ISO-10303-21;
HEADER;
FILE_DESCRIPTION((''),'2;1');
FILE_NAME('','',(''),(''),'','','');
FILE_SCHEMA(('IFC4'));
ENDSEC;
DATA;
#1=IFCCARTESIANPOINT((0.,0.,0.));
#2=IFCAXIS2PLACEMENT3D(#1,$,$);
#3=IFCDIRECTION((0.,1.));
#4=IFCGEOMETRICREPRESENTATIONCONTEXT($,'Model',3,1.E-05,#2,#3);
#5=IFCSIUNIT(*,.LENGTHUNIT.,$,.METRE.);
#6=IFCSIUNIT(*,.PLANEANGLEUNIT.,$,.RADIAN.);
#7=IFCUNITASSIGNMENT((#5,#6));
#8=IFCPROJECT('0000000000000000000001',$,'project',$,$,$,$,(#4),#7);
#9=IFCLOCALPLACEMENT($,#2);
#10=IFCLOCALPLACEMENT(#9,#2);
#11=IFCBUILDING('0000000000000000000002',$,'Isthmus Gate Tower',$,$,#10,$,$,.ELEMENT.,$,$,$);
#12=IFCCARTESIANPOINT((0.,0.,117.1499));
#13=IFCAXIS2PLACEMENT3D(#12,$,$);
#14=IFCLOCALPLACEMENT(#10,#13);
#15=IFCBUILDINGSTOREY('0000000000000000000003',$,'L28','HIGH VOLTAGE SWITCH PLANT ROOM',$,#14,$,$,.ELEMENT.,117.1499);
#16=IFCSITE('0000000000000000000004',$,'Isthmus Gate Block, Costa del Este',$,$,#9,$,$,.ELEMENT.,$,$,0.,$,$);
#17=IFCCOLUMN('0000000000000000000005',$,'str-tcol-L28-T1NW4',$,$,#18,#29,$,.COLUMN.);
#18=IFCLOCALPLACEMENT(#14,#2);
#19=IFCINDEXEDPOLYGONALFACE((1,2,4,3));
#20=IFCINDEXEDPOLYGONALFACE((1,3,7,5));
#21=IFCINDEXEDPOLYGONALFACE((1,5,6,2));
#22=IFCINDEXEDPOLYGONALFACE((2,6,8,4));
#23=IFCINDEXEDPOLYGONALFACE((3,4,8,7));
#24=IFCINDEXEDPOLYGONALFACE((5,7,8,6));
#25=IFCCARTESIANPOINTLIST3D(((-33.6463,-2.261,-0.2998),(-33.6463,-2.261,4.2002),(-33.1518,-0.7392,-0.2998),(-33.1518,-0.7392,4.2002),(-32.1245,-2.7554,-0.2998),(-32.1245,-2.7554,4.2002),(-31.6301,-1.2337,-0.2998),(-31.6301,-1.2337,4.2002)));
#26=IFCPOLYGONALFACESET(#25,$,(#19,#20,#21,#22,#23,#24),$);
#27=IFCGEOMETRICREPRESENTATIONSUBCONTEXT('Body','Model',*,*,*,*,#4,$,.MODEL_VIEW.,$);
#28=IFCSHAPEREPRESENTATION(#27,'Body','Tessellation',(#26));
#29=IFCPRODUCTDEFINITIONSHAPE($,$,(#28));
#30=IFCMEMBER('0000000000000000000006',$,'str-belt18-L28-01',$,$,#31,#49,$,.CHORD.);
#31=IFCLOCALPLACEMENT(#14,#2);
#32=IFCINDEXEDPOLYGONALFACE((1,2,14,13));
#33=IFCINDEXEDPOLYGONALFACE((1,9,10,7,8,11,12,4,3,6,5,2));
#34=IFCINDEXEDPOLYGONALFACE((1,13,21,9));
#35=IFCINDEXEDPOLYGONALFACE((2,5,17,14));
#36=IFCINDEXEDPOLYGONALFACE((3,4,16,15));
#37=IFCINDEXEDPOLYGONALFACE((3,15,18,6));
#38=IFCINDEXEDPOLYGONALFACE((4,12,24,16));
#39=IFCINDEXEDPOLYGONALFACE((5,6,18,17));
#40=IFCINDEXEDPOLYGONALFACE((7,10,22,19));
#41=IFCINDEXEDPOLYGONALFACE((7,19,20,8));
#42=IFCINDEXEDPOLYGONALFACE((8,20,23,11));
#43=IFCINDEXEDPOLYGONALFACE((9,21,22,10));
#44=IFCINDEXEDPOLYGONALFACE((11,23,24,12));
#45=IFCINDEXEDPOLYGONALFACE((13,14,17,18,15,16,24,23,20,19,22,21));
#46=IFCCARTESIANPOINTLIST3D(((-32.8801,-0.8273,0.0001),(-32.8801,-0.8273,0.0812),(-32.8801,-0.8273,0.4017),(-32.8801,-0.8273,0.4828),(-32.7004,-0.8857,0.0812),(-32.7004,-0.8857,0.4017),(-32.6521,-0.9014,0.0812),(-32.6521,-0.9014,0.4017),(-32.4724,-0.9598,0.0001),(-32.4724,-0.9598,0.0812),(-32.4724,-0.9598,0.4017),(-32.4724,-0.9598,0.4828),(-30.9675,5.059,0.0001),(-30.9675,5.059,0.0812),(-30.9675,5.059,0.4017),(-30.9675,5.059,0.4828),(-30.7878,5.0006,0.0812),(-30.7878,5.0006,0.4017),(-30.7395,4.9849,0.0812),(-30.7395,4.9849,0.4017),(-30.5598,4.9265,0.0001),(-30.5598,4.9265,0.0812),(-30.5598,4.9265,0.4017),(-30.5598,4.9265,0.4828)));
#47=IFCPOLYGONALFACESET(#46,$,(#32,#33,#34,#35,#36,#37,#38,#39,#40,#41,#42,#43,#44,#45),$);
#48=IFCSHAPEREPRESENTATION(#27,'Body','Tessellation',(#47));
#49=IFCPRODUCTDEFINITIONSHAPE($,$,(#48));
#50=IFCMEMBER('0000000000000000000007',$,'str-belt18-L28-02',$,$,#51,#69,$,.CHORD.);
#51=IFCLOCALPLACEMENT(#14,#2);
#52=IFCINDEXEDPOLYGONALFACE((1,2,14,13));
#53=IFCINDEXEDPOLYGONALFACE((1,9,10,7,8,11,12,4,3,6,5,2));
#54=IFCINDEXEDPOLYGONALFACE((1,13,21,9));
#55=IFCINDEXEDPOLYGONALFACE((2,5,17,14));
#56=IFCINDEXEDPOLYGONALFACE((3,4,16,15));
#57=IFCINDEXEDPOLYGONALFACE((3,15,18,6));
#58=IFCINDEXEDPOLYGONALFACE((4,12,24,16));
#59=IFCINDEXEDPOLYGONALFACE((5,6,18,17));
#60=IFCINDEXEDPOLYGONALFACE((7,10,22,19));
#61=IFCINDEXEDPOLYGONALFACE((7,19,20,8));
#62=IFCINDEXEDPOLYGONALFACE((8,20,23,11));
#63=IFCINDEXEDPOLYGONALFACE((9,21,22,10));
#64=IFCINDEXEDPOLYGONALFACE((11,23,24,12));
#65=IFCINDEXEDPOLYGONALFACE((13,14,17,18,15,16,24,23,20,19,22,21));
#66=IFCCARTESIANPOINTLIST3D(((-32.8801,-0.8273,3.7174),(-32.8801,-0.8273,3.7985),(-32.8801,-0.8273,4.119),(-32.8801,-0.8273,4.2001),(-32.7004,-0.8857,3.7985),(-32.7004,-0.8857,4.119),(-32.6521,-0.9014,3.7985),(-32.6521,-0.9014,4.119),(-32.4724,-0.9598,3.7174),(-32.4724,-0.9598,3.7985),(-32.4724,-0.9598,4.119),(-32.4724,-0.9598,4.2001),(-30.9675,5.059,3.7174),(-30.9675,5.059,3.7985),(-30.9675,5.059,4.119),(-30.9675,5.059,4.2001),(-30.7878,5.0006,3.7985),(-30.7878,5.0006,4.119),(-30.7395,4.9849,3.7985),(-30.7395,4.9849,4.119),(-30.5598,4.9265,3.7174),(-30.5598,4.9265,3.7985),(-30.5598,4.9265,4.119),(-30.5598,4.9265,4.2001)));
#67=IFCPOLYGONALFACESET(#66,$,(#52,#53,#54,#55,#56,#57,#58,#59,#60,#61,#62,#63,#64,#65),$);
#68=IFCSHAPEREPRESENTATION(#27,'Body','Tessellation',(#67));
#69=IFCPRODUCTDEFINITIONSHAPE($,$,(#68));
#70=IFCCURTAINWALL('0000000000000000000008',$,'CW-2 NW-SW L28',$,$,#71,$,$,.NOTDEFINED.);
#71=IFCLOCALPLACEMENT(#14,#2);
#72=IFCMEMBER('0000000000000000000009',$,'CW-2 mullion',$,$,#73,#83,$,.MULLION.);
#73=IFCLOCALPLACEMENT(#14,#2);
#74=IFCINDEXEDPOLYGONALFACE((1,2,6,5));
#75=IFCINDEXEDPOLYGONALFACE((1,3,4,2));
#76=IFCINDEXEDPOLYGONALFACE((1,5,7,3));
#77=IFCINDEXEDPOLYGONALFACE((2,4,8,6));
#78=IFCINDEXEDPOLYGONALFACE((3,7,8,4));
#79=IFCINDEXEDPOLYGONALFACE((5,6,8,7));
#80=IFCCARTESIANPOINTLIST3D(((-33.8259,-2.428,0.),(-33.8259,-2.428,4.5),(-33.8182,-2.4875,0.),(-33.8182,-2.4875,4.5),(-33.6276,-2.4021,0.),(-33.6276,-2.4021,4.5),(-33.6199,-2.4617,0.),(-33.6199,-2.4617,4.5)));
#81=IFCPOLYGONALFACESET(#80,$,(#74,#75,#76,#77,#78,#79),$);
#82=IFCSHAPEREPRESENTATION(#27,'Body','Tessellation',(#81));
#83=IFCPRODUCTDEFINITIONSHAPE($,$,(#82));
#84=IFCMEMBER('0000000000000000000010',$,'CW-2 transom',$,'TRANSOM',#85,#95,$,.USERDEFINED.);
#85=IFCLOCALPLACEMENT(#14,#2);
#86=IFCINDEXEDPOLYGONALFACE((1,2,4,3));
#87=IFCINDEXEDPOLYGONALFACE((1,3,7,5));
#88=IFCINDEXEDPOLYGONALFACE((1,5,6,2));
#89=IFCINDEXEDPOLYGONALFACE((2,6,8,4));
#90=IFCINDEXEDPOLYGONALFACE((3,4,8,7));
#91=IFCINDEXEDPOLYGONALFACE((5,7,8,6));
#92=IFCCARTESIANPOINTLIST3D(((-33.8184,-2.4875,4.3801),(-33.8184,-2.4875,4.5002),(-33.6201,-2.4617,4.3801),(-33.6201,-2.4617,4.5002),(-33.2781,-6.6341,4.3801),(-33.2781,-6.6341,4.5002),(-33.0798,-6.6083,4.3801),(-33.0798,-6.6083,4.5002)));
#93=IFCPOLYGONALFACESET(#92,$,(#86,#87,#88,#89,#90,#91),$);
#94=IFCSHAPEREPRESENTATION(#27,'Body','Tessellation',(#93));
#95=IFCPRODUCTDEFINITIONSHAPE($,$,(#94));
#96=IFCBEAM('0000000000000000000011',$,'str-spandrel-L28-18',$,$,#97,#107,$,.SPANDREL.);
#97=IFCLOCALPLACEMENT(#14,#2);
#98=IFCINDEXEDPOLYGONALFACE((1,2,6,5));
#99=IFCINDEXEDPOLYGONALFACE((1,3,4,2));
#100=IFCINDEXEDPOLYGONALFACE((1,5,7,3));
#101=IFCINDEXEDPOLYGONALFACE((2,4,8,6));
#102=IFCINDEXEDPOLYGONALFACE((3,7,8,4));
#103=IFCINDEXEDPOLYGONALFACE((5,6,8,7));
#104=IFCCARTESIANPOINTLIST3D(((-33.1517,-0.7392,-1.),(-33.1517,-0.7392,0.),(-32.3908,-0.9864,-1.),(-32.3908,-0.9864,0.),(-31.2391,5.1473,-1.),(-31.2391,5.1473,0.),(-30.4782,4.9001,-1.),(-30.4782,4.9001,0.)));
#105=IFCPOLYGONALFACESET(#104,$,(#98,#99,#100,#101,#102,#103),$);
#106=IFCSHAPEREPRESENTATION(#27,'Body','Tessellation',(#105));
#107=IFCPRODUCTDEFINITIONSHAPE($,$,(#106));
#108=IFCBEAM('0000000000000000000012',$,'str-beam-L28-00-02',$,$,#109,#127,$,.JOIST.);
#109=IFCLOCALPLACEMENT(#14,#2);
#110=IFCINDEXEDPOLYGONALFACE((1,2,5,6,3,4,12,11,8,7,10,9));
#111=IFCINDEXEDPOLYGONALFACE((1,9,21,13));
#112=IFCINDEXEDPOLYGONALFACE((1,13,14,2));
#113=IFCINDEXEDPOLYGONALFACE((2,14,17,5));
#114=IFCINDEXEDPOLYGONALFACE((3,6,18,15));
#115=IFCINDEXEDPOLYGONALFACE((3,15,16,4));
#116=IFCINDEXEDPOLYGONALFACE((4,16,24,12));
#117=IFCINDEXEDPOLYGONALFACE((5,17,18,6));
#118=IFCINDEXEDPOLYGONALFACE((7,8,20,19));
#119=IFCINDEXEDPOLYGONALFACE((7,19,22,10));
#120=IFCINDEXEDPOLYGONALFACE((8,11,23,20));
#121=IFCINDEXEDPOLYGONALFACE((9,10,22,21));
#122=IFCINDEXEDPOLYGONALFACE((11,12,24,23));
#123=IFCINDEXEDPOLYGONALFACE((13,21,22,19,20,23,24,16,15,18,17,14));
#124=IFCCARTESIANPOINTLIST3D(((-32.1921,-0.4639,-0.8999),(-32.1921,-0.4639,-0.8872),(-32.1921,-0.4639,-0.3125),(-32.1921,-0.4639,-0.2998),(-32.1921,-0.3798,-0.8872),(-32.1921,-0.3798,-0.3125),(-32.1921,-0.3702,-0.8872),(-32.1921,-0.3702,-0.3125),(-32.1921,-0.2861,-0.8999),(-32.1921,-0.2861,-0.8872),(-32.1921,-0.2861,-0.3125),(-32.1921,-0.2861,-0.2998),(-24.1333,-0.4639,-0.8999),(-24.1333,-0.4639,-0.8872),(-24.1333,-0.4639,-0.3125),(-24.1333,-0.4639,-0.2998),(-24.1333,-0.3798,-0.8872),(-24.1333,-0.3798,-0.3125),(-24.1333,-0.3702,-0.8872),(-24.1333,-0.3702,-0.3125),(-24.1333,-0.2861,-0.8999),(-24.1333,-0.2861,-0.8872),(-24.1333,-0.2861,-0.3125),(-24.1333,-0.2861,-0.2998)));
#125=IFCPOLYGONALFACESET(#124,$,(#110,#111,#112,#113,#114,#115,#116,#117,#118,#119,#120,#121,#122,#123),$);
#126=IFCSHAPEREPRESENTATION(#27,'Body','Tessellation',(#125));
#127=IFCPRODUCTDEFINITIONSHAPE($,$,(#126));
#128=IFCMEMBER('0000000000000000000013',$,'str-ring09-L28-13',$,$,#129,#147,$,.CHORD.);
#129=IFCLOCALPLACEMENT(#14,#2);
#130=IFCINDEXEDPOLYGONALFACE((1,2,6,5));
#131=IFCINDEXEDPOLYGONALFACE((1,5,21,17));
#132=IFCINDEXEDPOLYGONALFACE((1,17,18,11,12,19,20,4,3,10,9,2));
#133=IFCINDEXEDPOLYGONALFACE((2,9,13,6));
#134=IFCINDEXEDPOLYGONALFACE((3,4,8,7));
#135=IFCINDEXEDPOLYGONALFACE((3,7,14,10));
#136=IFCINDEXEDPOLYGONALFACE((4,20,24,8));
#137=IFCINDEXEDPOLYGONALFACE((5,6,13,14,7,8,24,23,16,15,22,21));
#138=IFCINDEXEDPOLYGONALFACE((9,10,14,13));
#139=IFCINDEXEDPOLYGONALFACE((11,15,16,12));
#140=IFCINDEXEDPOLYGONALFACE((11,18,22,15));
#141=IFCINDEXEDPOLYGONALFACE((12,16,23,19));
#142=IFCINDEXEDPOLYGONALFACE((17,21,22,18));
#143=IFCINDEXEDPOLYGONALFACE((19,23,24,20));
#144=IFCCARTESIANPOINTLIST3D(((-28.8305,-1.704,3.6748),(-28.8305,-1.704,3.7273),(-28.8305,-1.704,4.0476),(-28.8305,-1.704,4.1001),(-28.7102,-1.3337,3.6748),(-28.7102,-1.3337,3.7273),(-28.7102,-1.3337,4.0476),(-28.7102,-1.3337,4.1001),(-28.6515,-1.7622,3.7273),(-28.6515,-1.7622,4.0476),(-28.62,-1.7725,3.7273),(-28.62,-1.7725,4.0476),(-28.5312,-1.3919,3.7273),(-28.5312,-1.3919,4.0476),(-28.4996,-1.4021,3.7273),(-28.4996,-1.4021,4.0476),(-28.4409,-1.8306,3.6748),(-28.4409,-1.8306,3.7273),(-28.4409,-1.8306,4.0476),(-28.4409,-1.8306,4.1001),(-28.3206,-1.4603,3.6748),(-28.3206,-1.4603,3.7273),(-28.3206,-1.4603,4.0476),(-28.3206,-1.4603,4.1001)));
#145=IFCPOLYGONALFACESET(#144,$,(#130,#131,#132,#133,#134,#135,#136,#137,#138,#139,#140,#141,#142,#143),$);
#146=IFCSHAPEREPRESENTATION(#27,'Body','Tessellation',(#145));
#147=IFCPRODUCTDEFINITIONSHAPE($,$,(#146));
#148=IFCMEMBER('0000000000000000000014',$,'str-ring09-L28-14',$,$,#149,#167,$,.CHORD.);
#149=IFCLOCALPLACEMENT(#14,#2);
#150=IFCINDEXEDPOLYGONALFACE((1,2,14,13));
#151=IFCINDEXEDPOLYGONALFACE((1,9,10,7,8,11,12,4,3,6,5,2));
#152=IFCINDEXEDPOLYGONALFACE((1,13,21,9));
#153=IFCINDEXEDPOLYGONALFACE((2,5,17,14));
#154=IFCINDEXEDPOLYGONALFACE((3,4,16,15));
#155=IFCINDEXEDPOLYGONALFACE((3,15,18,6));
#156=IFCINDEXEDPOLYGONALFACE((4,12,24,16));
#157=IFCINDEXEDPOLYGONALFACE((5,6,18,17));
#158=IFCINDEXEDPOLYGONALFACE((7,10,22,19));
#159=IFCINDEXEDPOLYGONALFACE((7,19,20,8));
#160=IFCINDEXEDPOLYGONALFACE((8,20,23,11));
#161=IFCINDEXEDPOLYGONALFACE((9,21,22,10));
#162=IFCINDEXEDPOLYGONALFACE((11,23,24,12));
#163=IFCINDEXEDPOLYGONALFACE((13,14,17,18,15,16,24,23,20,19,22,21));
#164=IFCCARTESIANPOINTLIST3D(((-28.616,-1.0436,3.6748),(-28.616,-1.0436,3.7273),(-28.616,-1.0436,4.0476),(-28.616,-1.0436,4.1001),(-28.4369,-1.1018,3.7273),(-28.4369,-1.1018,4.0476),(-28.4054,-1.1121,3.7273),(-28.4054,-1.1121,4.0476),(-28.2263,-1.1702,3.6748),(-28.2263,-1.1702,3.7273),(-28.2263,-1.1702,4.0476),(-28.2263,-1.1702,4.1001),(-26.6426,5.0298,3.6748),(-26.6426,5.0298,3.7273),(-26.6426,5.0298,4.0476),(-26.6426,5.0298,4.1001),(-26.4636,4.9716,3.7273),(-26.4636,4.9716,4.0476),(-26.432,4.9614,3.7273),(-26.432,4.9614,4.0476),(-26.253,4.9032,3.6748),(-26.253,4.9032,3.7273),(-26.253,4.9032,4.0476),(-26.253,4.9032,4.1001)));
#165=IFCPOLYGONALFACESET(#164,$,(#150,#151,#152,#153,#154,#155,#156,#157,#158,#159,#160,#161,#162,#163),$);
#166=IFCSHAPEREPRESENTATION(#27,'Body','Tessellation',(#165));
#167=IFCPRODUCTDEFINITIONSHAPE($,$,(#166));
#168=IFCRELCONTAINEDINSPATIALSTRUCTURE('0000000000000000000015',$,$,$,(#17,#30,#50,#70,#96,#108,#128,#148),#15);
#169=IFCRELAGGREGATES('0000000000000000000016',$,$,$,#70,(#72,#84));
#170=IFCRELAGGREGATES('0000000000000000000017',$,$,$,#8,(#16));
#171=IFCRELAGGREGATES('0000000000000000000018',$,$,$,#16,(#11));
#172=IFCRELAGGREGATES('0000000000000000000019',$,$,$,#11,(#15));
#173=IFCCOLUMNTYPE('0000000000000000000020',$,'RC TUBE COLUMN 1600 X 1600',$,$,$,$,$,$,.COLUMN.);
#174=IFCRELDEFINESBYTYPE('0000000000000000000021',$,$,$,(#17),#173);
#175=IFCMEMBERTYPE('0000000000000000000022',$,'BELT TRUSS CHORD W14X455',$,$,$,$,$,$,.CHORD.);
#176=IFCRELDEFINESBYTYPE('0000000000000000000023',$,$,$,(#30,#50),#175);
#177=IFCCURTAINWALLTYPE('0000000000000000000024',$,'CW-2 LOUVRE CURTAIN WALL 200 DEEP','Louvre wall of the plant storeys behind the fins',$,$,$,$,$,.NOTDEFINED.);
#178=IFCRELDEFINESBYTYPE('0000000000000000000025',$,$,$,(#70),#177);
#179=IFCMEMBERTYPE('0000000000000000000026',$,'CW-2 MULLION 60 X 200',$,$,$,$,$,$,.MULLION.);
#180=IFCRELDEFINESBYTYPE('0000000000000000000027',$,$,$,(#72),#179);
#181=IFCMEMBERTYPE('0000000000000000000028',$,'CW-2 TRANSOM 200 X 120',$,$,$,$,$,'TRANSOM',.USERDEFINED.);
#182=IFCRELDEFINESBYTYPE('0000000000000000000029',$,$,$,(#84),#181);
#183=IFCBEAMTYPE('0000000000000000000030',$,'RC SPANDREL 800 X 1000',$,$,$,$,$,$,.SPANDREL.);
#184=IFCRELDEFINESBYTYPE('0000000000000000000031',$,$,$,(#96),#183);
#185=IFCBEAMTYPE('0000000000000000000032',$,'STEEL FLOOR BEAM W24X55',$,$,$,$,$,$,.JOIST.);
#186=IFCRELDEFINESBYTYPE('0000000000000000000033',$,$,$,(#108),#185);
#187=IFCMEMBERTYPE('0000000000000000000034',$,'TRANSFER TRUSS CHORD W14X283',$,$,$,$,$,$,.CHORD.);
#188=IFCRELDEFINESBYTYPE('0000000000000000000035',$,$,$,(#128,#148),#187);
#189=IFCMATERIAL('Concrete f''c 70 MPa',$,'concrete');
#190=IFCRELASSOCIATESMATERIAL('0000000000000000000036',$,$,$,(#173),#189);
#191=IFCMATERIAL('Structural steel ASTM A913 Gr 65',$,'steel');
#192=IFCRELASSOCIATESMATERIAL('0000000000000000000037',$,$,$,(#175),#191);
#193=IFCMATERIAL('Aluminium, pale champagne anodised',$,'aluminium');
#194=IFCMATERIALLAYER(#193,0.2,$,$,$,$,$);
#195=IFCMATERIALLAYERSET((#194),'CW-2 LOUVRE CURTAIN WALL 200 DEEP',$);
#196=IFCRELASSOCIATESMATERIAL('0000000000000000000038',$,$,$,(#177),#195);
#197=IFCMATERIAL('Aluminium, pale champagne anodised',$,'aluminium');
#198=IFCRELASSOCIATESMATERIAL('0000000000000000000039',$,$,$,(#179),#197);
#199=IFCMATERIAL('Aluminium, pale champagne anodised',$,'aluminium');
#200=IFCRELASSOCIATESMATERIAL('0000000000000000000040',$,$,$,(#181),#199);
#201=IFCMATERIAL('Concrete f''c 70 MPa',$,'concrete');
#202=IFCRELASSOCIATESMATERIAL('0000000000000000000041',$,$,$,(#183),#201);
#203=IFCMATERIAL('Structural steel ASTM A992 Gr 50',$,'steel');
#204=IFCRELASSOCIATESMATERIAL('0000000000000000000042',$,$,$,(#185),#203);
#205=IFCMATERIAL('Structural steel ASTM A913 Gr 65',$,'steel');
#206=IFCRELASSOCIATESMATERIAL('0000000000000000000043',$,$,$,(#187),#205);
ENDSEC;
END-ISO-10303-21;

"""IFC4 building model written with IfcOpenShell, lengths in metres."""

from ifc_helpers import new_model, si_unit, direction, frame, origin, origin_2d, place, context, subcontext, project, spatial, rectangle, i_section, extrude, material, layer, layer_set, material_profile, profile_set, type_object, element, aggregate, save


model = new_model("IFC4")

# Units and contexts
model_context = context("Model", 3, precision=1e-05, world=origin(), true_north=direction((0.0, 1.0)))
body_context = subcontext(model_context, "Body", "Model", "MODEL_VIEW")
ifc_project = project(units=[si_unit("LENGTHUNIT", "METRE"), si_unit("PLANEANGLEUNIT", "RADIAN")], contexts=[model_context])

# Site, building, storey
site_placement = place(None, origin())
site = spatial("IfcSite", under=ifc_project, at=site_placement, Name="Isthmus Gate Block, Costa del Este", CompositionType="ELEMENT", RefElevation=0.0)
building_placement = place(site_placement, origin())
building = spatial("IfcBuilding", under=site, at=building_placement, Name="Isthmus Gate Tower", CompositionType="ELEMENT")
storey_placement = place(building_placement, frame((0.0, 0.0, 117.1499)))
storey = spatial("IfcBuildingStorey", under=building, at=storey_placement, Name="L28", Description="HIGH VOLTAGE SWITCH PLANT ROOM", CompositionType="ELEMENT", Elevation=117.1499)

# Column
ifc_material_1 = material(Name="Concrete f'c 70 MPa", Category="concrete")
ifc_material_profile_1 = material_profile(ifc_material_1, rectangle(XDim=1.6001, YDim=1.6001, at=origin_2d()), Name="RC 1600X1600")
ifc_profile_set_1 = profile_set([ifc_material_profile_1], Name="Concrete f'c 70 MPa")
column_type = type_object("IfcColumnType", Name="RC TUBE COLUMN 1600 X 1600", PredefinedType="COLUMN", material=ifc_profile_set_1)
column_placement = place(storey_placement, frame((-32.6382, -1.7473, -0.2998), z_axis=(0.0, 0.0, 1.0), x_axis=(-0.309017, -0.951057, 0.0)))
element("IfcColumn", 1, at=column_placement, inside=storey, type_object=column_type, Name="str-tcol-L28-T1NW4", PredefinedType="COLUMN", context=body_context, shape_type="SweptSolid", body=[
    extrude(rectangle(XDim=1.6001, YDim=1.6001, at=origin_2d()), origin(), (0.0, 0.0, 1.0), 4.5),
])

# Members
ifc_material_2 = material(Name="Structural steel ASTM A913 Gr 65", Category="steel")
ifc_material_profile_2 = material_profile(ifc_material_2, i_section(OverallWidth=0.4287, OverallDepth=0.4827, WebThickness=0.0508, FlangeThickness=0.0811, at=origin_2d()), Name="W14X455")
ifc_profile_set_2 = profile_set([ifc_material_profile_2], Name="Structural steel ASTM A913 Gr 65")
member_type_1 = type_object("IfcMemberType", Name="BELT TRUSS CHORD W14X455", PredefinedType="CHORD", material=ifc_profile_set_2)
for number, where, z_axis, x_axis, name in (
    (2, (-32.6763, -0.8936, 0.2415), (0.309024, 0.951054, 0.0), (-0.951054, 0.309024, 0.0), "str-belt18-L28-01"),
    (3, (-32.6763, -0.8936, 3.9587), (0.309024, 0.951054, 0.0), (-0.951054, 0.309024, 0.0), "str-belt18-L28-02"),
):
    element("IfcMember", number, at=place(storey_placement, frame(where, z_axis=z_axis, x_axis=x_axis)), inside=storey, type_object=member_type_1, Name=name, PredefinedType="CHORD", context=body_context, shape_type="SweptSolid", body=[
        extrude(i_section(OverallWidth=0.4287, OverallDepth=0.4827, WebThickness=0.0508, FlangeThickness=0.0811, at=origin_2d()), origin(), (0.0, 0.0, 1.0), 6.1892),
    ])

# Curtain wall, members
ifc_material_3 = material(Name="Aluminium, pale champagne anodised", Category="aluminium")
ifc_layer_1 = layer(ifc_material_3, 0.2)
ifc_layer_set_1 = layer_set([ifc_layer_1], Name="CW-2 LOUVRE CURTAIN WALL 200 DEEP")
curtain_wall_type = type_object("IfcCurtainWallType", Name="CW-2 LOUVRE CURTAIN WALL 200 DEEP", Description="Louvre wall of the plant storeys behind the fins", PredefinedType="NOTDEFINED", material=ifc_layer_set_1)
curtain_wall_placement = place(storey_placement, origin())
curtain_wall = element("IfcCurtainWall", 4, at=curtain_wall_placement, inside=storey, type_object=curtain_wall_type, Name="CW-2 NW-SW L28", PredefinedType="NOTDEFINED")
ifc_material_4 = material(Name="Aluminium, pale champagne anodised", Category="aluminium")
ifc_material_profile_3 = material_profile(ifc_material_4, rectangle(XDim=0.0601, YDim=0.2, at=origin_2d()), Name="60x200")
ifc_profile_set_3 = profile_set([ifc_material_profile_3], Name="Aluminium, pale champagne anodised")
member_type_2 = type_object("IfcMemberType", Name="CW-2 MULLION 60 X 200", PredefinedType="MULLION", material=ifc_profile_set_3)
member_1_placement = place(storey_placement, frame((-33.7229, -2.4448, 0.0), z_axis=(0.0, 0.0, 1.0), x_axis=(0.129165, -0.991623, 0.0)))
member_1 = element("IfcMember", 5, at=member_1_placement, type_object=member_type_2, Name="CW-2 mullion", PredefinedType="MULLION", context=body_context, shape_type="SweptSolid", body=[
    extrude(rectangle(XDim=0.0601, YDim=0.2, at=origin_2d()), origin(), (0.0, 0.0, 1.0), 4.5),
])
ifc_material_5 = material(Name="Aluminium, pale champagne anodised", Category="aluminium")
ifc_material_profile_4 = material_profile(ifc_material_5, rectangle(XDim=0.2, YDim=0.1201, at=origin_2d()), Name="200x120")
ifc_profile_set_4 = profile_set([ifc_material_profile_4], Name="Aluminium, pale champagne anodised")
member_type_3 = type_object("IfcMemberType", Name="CW-2 TRANSOM 200 X 120", ElementType="TRANSOM", PredefinedType="USERDEFINED", material=ifc_profile_set_4)
member_2_placement = place(storey_placement, frame((-33.7192, -2.4746, 4.4402), z_axis=(0.129207, -0.991618, 0.0), x_axis=(0.991618, 0.129207, 0.0)))
member_2 = element("IfcMember", 6, at=member_2_placement, type_object=member_type_3, Name="CW-2 transom", ObjectType="TRANSOM", PredefinedType="USERDEFINED", context=body_context, shape_type="SweptSolid", body=[
    extrude(rectangle(XDim=0.2, YDim=0.1201, at=origin_2d()), origin(), (0.0, 0.0, 1.0), 4.1816),
])
aggregate(curtain_wall, [member_1, member_2])

# Beams
ifc_material_6 = material(Name="Concrete f'c 70 MPa", Category="concrete")
ifc_material_profile_5 = material_profile(ifc_material_6, rectangle(XDim=0.8, YDim=1.0, at=origin_2d()), Name="RC 800X1000")
ifc_profile_set_5 = profile_set([ifc_material_profile_5], Name="Concrete f'c 70 MPa")
beam_type_1 = type_object("IfcBeamType", Name="RC SPANDREL 800 X 1000", PredefinedType="SPANDREL", material=ifc_profile_set_5)
beam_1_placement = place(storey_placement, frame((-32.7712, -0.8628, -0.5), z_axis=(0.309012, 0.951058, 0.0), x_axis=(-0.951058, 0.309012, 0.0)))
element("IfcBeam", 7, at=beam_1_placement, inside=storey, type_object=beam_type_1, Name="str-spandrel-L28-18", PredefinedType="SPANDREL", context=body_context, shape_type="SweptSolid", body=[
    extrude(rectangle(XDim=0.8, YDim=1.0, at=origin_2d()), origin(), (0.0, 0.0, 1.0), 6.1895),
])
ifc_material_7 = material(Name="Structural steel ASTM A992 Gr 50", Category="steel")
ifc_material_profile_6 = material_profile(ifc_material_7, i_section(OverallWidth=0.1777, OverallDepth=0.6001, WebThickness=0.0095, FlangeThickness=0.0127, at=origin_2d()), Name="W24X55")
ifc_profile_set_6 = profile_set([ifc_material_profile_6], Name="Structural steel ASTM A992 Gr 50")
beam_type_2 = type_object("IfcBeamType", Name="STEEL FLOOR BEAM W24X55", PredefinedType="JOIST", material=ifc_profile_set_6)
beam_2_placement = place(storey_placement, frame((-32.1921, -0.375, -0.5999), z_axis=(1.0, 0.0, 0.0), x_axis=(0.0, 1.0, 0.0)))
element("IfcBeam", 8, at=beam_2_placement, inside=storey, type_object=beam_type_2, Name="str-beam-L28-00-02", PredefinedType="JOIST", context=body_context, shape_type="SweptSolid", body=[
    extrude(i_section(OverallWidth=0.1777, OverallDepth=0.6001, WebThickness=0.0095, FlangeThickness=0.0127, at=origin_2d()), origin(), (0.0, 0.0, 1.0), 8.0588),
])

# Members
ifc_material_8 = material(Name="Structural steel ASTM A913 Gr 65", Category="steel")
ifc_material_profile_7 = material_profile(ifc_material_8, i_section(OverallWidth=0.4097, OverallDepth=0.4253, WebThickness=0.0332, FlangeThickness=0.0525, at=origin_2d()), Name="W14X283")
ifc_profile_set_7 = profile_set([ifc_material_profile_7], Name="Structural steel ASTM A913 Gr 65")
member_type_4 = type_object("IfcMemberType", Name="TRANSFER TRUSS CHORD W14X283", PredefinedType="CHORD", material=ifc_profile_set_7)
member_3_placement = place(storey_placement, frame((-28.6357, -1.7673, 3.8875), z_axis=(0.309072, 0.951039, 0.0), x_axis=(-0.951039, 0.309072, 0.0)))
element("IfcMember", 9, at=member_3_placement, inside=storey, type_object=member_type_4, Name="str-ring09-L28-13", PredefinedType="CHORD", context=body_context, shape_type="SweptSolid", body=[
    extrude(i_section(OverallWidth=0.4097, OverallDepth=0.4253, WebThickness=0.0332, FlangeThickness=0.0525, at=origin_2d()), origin(), (0.0, 0.0, 1.0), 0.3894),
])
member_4_placement = place(storey_placement, frame((-28.4211, -1.1069, 3.8875), z_axis=(0.309016, 0.951057, 0.0), x_axis=(-0.951057, 0.309016, 0.0)))
element("IfcMember", 10, at=member_4_placement, inside=storey, type_object=member_type_4, Name="str-ring09-L28-14", PredefinedType="CHORD", context=body_context, shape_type="SweptSolid", body=[
    extrude(i_section(OverallWidth=0.4097, OverallDepth=0.4253, WebThickness=0.0332, FlangeThickness=0.0525, at=origin_2d()), origin(), (0.0, 0.0, 1.0), 6.386),
])

save(model, "model.ifc")
